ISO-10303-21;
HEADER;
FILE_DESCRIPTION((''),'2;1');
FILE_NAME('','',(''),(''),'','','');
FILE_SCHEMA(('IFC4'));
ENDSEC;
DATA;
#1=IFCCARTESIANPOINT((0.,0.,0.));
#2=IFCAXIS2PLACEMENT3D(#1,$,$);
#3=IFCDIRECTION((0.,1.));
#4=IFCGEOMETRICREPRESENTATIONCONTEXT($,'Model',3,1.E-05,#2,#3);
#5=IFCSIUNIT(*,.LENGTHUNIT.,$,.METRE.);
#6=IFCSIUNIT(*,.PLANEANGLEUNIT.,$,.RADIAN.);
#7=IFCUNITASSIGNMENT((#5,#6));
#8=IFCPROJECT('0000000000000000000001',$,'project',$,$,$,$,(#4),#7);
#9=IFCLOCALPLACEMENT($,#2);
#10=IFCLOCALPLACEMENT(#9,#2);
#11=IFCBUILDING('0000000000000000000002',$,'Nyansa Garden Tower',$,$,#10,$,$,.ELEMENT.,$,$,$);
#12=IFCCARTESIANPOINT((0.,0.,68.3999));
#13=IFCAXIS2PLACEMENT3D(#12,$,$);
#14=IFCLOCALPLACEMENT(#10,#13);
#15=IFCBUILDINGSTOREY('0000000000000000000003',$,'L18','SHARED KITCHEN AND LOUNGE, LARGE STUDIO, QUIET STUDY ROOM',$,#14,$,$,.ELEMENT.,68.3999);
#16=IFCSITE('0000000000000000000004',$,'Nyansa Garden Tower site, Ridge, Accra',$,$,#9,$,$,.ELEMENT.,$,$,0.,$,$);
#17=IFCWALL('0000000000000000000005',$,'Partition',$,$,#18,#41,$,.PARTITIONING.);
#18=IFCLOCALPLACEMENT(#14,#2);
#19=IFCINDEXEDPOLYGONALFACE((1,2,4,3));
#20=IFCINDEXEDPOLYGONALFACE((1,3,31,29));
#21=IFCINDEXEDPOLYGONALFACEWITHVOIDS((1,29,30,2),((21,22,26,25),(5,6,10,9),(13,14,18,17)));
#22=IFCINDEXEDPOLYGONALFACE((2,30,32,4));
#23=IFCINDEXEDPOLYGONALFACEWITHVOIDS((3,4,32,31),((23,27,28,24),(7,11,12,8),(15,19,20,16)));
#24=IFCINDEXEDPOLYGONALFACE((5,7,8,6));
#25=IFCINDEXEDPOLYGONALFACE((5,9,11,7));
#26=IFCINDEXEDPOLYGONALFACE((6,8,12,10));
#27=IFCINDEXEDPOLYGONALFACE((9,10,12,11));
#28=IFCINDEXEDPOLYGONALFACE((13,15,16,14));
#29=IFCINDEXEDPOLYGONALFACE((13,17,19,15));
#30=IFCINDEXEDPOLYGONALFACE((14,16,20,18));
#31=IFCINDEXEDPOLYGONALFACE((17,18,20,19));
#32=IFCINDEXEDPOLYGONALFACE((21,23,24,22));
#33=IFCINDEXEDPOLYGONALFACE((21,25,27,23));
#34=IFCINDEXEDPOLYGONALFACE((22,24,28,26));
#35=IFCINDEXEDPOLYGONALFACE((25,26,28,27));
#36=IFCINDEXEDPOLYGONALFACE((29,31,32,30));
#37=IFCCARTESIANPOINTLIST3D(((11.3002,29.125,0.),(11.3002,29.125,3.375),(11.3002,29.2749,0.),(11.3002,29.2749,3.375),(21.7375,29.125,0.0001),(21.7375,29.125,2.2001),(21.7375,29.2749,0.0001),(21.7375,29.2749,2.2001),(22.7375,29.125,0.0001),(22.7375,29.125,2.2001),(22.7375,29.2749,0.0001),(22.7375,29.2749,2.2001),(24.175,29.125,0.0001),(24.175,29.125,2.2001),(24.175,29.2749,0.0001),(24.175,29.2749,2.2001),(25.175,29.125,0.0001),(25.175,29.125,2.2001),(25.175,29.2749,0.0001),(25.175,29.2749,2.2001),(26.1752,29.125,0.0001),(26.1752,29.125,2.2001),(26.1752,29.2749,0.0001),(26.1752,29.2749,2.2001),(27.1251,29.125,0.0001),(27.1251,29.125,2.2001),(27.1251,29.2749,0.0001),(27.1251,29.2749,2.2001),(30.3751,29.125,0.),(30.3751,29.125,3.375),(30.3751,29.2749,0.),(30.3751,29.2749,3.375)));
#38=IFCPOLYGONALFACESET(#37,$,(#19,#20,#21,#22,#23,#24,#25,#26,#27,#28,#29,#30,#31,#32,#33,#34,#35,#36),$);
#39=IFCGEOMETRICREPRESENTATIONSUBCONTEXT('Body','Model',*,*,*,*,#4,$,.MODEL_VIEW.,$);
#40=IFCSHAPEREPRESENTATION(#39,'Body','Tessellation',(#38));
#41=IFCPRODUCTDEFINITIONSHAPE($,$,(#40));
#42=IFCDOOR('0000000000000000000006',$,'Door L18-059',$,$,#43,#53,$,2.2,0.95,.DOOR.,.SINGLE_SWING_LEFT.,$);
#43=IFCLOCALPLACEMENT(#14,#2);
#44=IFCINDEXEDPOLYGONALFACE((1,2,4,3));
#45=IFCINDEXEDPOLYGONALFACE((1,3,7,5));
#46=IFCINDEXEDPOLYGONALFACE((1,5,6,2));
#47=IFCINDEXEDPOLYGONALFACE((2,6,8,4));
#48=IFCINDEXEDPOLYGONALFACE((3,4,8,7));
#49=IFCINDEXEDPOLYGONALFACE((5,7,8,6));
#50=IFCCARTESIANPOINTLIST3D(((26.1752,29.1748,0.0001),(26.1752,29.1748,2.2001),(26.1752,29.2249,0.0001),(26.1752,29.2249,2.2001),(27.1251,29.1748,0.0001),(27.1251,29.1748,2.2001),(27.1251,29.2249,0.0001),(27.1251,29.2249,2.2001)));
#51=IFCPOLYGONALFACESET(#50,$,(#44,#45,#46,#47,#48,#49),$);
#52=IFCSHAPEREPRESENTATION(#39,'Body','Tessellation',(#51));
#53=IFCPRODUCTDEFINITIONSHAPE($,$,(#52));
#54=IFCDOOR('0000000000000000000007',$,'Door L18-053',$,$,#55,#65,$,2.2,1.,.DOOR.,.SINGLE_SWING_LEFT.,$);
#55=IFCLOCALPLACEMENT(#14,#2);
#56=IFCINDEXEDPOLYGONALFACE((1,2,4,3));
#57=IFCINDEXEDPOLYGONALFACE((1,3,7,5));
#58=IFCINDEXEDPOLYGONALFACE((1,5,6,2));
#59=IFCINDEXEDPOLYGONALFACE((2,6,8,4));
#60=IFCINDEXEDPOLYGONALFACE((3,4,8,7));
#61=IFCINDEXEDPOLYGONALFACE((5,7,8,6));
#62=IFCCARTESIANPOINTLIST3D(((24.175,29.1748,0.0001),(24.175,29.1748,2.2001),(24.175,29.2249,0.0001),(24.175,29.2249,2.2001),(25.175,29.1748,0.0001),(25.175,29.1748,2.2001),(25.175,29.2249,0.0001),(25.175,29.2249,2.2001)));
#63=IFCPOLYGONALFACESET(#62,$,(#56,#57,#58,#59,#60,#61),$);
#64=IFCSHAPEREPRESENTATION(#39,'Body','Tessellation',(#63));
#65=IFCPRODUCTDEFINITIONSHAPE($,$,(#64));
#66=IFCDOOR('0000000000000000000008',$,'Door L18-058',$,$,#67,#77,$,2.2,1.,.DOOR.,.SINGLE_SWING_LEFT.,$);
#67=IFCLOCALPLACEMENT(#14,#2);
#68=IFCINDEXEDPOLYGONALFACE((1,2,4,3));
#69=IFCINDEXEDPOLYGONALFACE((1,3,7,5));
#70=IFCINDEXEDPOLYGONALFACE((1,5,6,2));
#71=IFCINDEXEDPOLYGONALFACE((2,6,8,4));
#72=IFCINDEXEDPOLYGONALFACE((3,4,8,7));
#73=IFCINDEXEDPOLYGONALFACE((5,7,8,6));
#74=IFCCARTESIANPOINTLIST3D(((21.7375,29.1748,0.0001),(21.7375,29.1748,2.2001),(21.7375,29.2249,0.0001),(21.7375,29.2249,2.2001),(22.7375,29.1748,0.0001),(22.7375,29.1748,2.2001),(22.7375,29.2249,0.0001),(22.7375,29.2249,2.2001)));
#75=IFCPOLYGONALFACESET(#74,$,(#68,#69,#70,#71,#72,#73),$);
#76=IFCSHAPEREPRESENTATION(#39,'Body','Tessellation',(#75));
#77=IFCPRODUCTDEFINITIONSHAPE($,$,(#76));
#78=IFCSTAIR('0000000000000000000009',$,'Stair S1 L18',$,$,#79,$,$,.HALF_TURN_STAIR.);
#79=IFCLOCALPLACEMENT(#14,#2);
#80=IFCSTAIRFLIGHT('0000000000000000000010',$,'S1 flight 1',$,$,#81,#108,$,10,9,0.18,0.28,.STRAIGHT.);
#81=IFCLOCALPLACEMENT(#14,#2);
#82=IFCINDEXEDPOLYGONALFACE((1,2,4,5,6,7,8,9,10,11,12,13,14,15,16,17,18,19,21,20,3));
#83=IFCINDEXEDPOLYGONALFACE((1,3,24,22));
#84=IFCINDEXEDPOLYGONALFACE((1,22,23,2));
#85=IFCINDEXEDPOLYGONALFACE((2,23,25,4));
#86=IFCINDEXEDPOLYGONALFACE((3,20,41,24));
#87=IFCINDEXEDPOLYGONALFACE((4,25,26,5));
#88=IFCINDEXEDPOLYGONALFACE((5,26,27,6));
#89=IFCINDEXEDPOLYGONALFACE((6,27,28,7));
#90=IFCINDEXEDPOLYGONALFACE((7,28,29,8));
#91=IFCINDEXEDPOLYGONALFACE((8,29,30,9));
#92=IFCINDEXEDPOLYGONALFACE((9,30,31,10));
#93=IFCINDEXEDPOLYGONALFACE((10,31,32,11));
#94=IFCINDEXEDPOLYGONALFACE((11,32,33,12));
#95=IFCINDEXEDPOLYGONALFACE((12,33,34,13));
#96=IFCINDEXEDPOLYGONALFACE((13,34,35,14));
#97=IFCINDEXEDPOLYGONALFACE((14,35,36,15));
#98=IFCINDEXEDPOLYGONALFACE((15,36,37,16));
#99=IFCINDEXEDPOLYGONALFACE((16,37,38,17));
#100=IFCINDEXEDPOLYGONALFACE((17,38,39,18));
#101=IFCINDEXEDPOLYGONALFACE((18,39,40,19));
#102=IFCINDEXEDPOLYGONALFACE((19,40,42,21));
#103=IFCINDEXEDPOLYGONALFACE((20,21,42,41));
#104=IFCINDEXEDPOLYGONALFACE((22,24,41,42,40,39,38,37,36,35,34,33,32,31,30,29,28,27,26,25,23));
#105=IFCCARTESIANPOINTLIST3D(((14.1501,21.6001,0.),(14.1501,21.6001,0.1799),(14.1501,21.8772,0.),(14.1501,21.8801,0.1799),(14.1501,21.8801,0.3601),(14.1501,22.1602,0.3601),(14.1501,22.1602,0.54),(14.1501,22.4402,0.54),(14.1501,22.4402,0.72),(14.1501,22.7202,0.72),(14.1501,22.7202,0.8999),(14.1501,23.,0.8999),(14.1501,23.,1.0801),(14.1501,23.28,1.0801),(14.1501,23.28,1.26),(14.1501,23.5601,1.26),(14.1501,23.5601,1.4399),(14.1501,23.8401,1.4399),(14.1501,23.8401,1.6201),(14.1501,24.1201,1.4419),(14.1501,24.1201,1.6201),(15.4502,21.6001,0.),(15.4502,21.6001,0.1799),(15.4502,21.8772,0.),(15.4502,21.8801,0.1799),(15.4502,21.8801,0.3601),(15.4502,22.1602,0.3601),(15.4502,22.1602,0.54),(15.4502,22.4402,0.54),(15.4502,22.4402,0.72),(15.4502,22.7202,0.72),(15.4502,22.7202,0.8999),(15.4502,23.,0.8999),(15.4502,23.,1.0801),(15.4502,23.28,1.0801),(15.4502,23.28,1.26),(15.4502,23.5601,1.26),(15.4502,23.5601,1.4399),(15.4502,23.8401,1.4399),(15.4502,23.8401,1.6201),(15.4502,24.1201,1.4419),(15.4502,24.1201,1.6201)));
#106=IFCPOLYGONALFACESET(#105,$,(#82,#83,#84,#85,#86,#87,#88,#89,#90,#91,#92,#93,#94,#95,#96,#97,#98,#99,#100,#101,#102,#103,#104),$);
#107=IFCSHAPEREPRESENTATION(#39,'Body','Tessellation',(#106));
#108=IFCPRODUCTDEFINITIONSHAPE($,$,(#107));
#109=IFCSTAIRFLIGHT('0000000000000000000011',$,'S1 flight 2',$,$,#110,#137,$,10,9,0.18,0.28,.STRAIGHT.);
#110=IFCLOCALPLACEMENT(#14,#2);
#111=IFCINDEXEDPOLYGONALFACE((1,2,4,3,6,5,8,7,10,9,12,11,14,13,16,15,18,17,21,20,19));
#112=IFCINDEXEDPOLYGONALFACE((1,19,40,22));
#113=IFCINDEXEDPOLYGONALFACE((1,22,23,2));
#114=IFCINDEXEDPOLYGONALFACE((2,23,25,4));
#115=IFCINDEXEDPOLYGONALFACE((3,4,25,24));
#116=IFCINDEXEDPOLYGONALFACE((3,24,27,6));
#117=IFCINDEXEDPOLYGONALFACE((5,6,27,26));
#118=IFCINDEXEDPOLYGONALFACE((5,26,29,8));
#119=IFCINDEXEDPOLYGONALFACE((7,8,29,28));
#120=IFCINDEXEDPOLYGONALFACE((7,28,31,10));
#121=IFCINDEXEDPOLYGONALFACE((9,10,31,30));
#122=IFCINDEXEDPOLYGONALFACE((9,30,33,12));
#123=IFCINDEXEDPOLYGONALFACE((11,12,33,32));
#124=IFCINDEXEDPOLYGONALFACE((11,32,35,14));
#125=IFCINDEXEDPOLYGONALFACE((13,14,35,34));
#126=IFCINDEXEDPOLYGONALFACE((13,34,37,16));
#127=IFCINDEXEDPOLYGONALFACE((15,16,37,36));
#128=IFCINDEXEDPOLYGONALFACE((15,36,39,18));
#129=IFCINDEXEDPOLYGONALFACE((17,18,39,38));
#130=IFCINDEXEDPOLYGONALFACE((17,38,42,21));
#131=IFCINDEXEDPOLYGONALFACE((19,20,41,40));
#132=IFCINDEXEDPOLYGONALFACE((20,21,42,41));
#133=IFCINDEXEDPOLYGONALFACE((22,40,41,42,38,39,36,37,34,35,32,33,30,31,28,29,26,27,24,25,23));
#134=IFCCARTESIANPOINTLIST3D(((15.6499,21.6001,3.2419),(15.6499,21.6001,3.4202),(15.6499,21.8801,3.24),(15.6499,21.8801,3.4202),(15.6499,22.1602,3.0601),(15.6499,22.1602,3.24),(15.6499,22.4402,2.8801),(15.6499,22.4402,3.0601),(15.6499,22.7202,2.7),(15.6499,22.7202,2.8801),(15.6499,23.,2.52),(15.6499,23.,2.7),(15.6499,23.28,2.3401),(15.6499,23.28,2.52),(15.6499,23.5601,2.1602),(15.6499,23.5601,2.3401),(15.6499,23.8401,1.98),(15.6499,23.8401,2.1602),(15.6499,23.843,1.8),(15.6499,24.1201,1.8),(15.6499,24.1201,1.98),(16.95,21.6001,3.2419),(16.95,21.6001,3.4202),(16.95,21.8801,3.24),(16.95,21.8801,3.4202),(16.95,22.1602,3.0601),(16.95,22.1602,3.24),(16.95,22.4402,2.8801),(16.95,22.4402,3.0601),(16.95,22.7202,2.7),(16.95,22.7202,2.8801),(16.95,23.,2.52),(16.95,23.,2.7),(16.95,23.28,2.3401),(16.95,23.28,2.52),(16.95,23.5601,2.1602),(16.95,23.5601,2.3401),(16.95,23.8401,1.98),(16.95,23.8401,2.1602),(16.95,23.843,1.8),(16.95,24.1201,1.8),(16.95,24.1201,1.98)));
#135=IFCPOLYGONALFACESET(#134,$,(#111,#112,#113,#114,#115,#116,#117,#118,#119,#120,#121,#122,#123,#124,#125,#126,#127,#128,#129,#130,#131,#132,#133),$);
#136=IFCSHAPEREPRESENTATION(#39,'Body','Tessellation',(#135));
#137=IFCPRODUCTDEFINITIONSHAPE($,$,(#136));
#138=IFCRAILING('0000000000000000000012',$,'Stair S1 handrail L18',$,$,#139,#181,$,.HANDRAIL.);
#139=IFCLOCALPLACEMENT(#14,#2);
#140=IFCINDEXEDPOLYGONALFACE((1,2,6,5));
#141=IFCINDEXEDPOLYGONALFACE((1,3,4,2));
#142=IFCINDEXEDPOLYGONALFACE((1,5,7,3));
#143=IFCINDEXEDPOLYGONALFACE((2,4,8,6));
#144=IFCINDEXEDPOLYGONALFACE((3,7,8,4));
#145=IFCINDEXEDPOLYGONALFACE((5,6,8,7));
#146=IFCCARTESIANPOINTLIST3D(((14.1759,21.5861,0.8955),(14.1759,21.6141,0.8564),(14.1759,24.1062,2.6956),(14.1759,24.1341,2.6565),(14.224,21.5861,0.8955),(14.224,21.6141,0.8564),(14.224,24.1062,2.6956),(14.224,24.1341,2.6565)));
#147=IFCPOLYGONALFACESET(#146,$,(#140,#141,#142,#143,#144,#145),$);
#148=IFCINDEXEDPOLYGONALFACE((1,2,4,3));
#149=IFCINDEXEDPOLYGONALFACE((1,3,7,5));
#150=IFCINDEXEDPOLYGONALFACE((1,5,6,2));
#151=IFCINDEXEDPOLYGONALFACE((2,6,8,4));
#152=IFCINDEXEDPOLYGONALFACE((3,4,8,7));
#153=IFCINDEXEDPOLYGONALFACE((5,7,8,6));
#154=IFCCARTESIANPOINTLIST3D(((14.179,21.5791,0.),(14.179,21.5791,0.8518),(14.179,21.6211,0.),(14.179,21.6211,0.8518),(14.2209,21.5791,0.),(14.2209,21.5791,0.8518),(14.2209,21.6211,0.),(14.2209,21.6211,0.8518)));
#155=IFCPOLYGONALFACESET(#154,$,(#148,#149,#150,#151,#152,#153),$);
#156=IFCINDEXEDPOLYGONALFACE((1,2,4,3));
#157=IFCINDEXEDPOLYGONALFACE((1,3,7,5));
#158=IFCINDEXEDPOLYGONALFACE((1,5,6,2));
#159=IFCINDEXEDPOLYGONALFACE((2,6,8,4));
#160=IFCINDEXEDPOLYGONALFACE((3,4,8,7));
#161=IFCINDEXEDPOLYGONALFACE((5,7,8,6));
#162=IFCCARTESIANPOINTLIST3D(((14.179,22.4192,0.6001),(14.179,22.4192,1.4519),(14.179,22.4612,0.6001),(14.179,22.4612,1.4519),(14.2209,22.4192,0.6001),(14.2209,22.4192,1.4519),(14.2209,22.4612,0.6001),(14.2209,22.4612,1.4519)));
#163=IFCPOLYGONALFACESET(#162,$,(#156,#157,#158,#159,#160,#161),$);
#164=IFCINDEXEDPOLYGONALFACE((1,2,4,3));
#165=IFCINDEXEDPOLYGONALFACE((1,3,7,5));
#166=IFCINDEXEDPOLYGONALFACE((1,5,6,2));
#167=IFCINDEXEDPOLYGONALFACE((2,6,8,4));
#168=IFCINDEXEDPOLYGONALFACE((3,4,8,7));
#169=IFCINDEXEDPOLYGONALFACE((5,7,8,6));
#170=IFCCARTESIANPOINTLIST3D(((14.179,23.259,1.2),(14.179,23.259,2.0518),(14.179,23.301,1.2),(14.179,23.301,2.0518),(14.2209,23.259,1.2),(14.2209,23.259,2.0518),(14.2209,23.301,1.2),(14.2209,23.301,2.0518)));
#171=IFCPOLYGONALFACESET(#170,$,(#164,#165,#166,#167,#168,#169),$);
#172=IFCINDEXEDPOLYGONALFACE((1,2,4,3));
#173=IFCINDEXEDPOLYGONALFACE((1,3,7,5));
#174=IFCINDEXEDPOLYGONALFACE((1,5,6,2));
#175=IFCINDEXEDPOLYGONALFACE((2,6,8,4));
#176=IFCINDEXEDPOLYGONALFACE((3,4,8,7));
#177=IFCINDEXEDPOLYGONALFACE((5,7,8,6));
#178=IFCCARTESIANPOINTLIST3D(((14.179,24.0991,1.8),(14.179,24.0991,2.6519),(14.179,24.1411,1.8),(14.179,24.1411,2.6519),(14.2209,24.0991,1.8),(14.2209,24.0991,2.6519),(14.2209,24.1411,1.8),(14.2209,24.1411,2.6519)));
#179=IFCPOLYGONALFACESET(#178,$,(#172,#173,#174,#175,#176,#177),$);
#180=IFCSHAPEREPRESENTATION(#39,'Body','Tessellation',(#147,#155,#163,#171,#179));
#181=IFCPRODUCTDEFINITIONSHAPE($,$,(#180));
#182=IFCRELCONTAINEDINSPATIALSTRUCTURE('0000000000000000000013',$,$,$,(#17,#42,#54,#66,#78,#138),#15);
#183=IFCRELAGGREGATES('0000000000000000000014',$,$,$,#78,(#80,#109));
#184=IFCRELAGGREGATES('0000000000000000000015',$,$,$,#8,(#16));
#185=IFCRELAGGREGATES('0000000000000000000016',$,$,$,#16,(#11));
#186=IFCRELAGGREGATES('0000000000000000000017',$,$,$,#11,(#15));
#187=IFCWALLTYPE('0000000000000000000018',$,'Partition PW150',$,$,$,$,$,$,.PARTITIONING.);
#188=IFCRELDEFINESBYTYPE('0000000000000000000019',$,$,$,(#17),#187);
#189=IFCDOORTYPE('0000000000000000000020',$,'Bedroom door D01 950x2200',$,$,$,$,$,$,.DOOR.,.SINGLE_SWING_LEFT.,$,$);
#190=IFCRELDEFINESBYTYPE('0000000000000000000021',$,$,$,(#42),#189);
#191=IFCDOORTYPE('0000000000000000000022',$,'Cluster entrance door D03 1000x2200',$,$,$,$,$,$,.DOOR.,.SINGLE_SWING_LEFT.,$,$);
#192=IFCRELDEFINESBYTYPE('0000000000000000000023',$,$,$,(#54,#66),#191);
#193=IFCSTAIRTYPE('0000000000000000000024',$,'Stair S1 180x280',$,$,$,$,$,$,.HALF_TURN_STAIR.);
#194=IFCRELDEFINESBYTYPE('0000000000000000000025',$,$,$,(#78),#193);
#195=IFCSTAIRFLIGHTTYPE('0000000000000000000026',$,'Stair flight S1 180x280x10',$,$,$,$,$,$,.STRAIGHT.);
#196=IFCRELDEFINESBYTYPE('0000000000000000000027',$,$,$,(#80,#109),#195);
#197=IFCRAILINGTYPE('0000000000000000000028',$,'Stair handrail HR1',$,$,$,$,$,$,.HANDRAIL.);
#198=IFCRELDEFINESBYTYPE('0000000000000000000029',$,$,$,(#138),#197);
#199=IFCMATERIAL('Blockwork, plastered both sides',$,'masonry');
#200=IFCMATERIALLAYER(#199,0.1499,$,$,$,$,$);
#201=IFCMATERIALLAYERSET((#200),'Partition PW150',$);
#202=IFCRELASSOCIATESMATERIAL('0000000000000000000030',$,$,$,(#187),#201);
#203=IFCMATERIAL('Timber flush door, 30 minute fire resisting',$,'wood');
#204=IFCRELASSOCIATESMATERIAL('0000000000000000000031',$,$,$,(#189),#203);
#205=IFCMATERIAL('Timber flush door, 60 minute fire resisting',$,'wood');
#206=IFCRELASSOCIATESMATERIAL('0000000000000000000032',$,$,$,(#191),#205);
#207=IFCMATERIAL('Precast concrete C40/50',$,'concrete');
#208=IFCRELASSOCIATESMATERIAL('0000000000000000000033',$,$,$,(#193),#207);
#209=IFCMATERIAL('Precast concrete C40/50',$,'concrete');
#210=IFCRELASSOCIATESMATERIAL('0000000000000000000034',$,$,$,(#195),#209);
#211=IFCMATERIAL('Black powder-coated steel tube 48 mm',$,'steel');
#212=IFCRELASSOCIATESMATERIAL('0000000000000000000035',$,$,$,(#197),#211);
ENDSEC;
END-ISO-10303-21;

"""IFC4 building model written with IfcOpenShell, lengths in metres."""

from ifc_helpers import new_model, si_unit, direction, frame, frame_2d, origin, origin_2d, place, context, subcontext, project, spatial, polyline, rectangle, outline, extrude, material, layer, layer_set, type_object, element, fill, aggregate, save


model = new_model("IFC4")

# Units and contexts
model_context = context("Model", 3, precision=1e-05, world=origin(), true_north=direction((0.0, 1.0)))
body_context = subcontext(model_context, "Body", "Model", "MODEL_VIEW")
ifc_project = project(units=[si_unit("LENGTHUNIT", "METRE"), si_unit("PLANEANGLEUNIT", "RADIAN")], contexts=[model_context])

# Site, building, storey
site_placement = place(None, origin())
site = spatial("IfcSite", under=ifc_project, at=site_placement, Name="Nyansa Garden Tower site, Ridge, Accra", CompositionType="ELEMENT", RefElevation=0.0)
building_placement = place(site_placement, origin())
building = spatial("IfcBuilding", under=site, at=building_placement, Name="Nyansa Garden Tower", CompositionType="ELEMENT")
storey_placement = place(building_placement, frame((0.0, 0.0, 68.3999)))
storey = spatial("IfcBuildingStorey", under=building, at=storey_placement, Name="L18", Description="SHARED KITCHEN AND LOUNGE, LARGE STUDIO, QUIET STUDY ROOM", CompositionType="ELEMENT", Elevation=68.3999)

# Shared definitions
ifc_material_1 = material(Name="Blockwork, plastered both sides", Category="masonry")
ifc_layer_1 = layer(ifc_material_1, 0.1499)
ifc_layer_set_1 = layer_set([ifc_layer_1], Name="Partition PW150")
wall_type_1 = type_object("IfcWallType", Name="Partition PW150", PredefinedType="PARTITIONING", material=ifc_layer_set_1)

# Wall, openings, doors
wall_1_placement = place(storey_placement, frame((11.3, 29.2, 0.0), z_axis=(0.0, 0.0, 1.0), x_axis=(1.0, 0.0, 0.0)))
wall_1 = element("IfcWall", 1, at=wall_1_placement, inside=storey, type_object=wall_type_1, Name="Partition", PredefinedType="PARTITIONING", context=body_context, shape_type="SweptSolid", body=[
    extrude(rectangle(XDim=19.075, YDim=0.1499, at=frame_2d((9.5376, 0.0))), origin(), (0.0, 0.0, 1.0), 3.375),
])
opening_1_placement = place(wall_1_placement, frame((12.875, 0.0, 0.0)))
opening_1 = element("IfcOpeningElement", 2, at=opening_1_placement, cuts=wall_1, PredefinedType="OPENING", context=body_context, shape_type="SweptSolid", body=[
    extrude(rectangle(XDim=1.0, YDim=2.2, at=frame_2d((0.5, 1.1001))), frame((0.0, 0.085, 0.0), z_axis=(0.0, -1.0, 0.0), x_axis=(1.0, 0.0, 0.0)), (0.0, 0.0, 1.0), 0.1699),
])
opening_2_placement = place(wall_1_placement, frame((10.4375, 0.0, 0.0)))
opening_2 = element("IfcOpeningElement", 3, at=opening_2_placement, cuts=wall_1, PredefinedType="OPENING", context=body_context, shape_type="SweptSolid", body=[
    extrude(rectangle(XDim=1.0, YDim=2.2, at=frame_2d((0.5, 1.1001))), frame((0.0, 0.085, 0.0), z_axis=(0.0, -1.0, 0.0), x_axis=(1.0, 0.0, 0.0)), (0.0, 0.0, 1.0), 0.1699),
])
opening_3_placement = place(wall_1_placement, frame((14.875, 0.0, 0.0)))
opening_3 = element("IfcOpeningElement", 4, at=opening_3_placement, cuts=wall_1, PredefinedType="OPENING", context=body_context, shape_type="SweptSolid", body=[
    extrude(rectangle(XDim=0.95, YDim=2.2, at=frame_2d((0.4751, 1.1001))), frame((0.0, 0.085, 0.0), z_axis=(0.0, -1.0, 0.0), x_axis=(1.0, 0.0, 0.0)), (0.0, 0.0, 1.0), 0.1699),
])
ifc_material_2 = material(Name="Timber flush door, 30 minute fire resisting", Category="wood")
door_type_1 = type_object("IfcDoorType", Name="Bedroom door D01 950x2200", OperationType="SINGLE_SWING_LEFT", PredefinedType="DOOR", material=ifc_material_2)
door_1_placement = place(opening_3_placement, origin())
door_1 = element("IfcDoor", 5, at=door_1_placement, inside=storey, type_object=door_type_1, Name="Door L18-059", OperationType="SINGLE_SWING_LEFT", OverallHeight=2.2, OverallWidth=0.95, PredefinedType="DOOR", context=body_context, shape_type="SweptSolid", body=[
    extrude(rectangle(XDim=0.95, YDim=2.2, at=frame_2d((0.4751, 1.1001))), frame((0.0, 0.0249, 0.0), z_axis=(0.0, -1.0, 0.0), x_axis=(1.0, 0.0, 0.0)), (0.0, 0.0, 1.0), 0.05),
])
fill(opening_3, door_1)
ifc_material_3 = material(Name="Timber flush door, 60 minute fire resisting", Category="wood")
door_type_2 = type_object("IfcDoorType", Name="Cluster entrance door D03 1000x2200", OperationType="SINGLE_SWING_LEFT", PredefinedType="DOOR", material=ifc_material_3)
door_2_placement = place(opening_1_placement, origin())
door_2 = element("IfcDoor", 6, at=door_2_placement, inside=storey, type_object=door_type_2, Name="Door L18-053", OperationType="SINGLE_SWING_LEFT", OverallHeight=2.2, OverallWidth=1.0, PredefinedType="DOOR", context=body_context, shape_type="SweptSolid", body=[
    extrude(rectangle(XDim=1.0, YDim=2.2, at=frame_2d((0.5, 1.1001))), frame((0.0, 0.0249, 0.0), z_axis=(0.0, -1.0, 0.0), x_axis=(1.0, 0.0, 0.0)), (0.0, 0.0, 1.0), 0.05),
])
fill(opening_1, door_2)
door_3_placement = place(opening_2_placement, origin())
door_3 = element("IfcDoor", 7, at=door_3_placement, inside=storey, type_object=door_type_2, Name="Door L18-058", OperationType="SINGLE_SWING_LEFT", OverallHeight=2.2, OverallWidth=1.0, PredefinedType="DOOR", context=body_context, shape_type="SweptSolid", body=[
    extrude(rectangle(XDim=1.0, YDim=2.2, at=frame_2d((0.5, 1.1001))), frame((0.0, 0.0249, 0.0), z_axis=(0.0, -1.0, 0.0), x_axis=(1.0, 0.0, 0.0)), (0.0, 0.0, 1.0), 0.05),
])
fill(opening_2, door_3)

# Stair, stair flights
ifc_material_4 = material(Name="Precast concrete C40/50", Category="concrete")
stair_type = type_object("IfcStairType", Name="Stair S1 180x280", PredefinedType="HALF_TURN_STAIR", material=ifc_material_4)
stair_placement = place(storey_placement, origin())
stair = element("IfcStair", 8, at=stair_placement, inside=storey, type_object=stair_type, Name="Stair S1 L18", PredefinedType="HALF_TURN_STAIR")
ifc_material_5 = material(Name="Precast concrete C40/50", Category="concrete")
stair_flight_type = type_object("IfcStairFlightType", Name="Stair flight S1 180x280x10", PredefinedType="STRAIGHT", material=ifc_material_5)
stair_flight_1_placement = place(storey_placement, frame((14.8, 21.6001, 0.0), z_axis=(0.0, 0.0, 1.0), x_axis=(0.0, 1.0, 0.0)))
stair_flight_1 = element("IfcStairFlight", 9, at=stair_flight_1_placement, type_object=stair_flight_type, Name="S1 flight 1", NumberOfRisers=10, NumberOfTreads=9, PredefinedType="STRAIGHT", RiserHeight=0.18, TreadLength=0.28, context=body_context, shape_type="SweptSolid", body=[
    extrude(outline(polyline([(0.0, 0.0), (0.0, 0.1799), (0.28, 0.1799), (0.28, 0.3601), (0.5601, 0.3601), (0.5601, 0.54), (0.8401, 0.54), (0.8401, 0.72), (1.1201, 0.72), (1.1201, 0.8999), (1.3999, 0.8999), (1.3999, 1.0801), (1.6799, 1.0801), (1.6799, 1.26), (1.96, 1.26), (1.96, 1.4399), (2.24, 1.4399), (2.24, 1.6201), (2.52, 1.6201), (2.52, 1.8), (2.52, 1.4419), (0.2771, 0.0), (0.0, 0.0)])), frame((0.0, 0.6499, 0.0), z_axis=(0.0, -1.0, 0.0), x_axis=(1.0, 0.0, 0.0)), (0.0, 0.0, 1.0), 1.3),
])
stair_flight_2_placement = place(storey_placement, frame((16.3, 24.1201, 1.8), z_axis=(0.0, 0.0, 1.0), x_axis=(0.0, -1.0, 0.0)))
stair_flight_2 = element("IfcStairFlight", 10, at=stair_flight_2_placement, type_object=stair_flight_type, Name="S1 flight 2", NumberOfRisers=10, NumberOfTreads=9, PredefinedType="STRAIGHT", RiserHeight=0.18, TreadLength=0.28, context=body_context, shape_type="SweptSolid", body=[
    extrude(outline(polyline([(0.0, 0.0), (0.0, 0.1799), (0.28, 0.1799), (0.28, 0.3601), (0.5601, 0.3601), (0.5601, 0.54), (0.8401, 0.54), (0.8401, 0.72), (1.1201, 0.72), (1.1201, 0.8999), (1.3999, 0.8999), (1.3999, 1.0801), (1.6799, 1.0801), (1.6799, 1.26), (1.96, 1.26), (1.96, 1.4399), (2.24, 1.4399), (2.24, 1.6201), (2.52, 1.6201), (2.52, 1.8), (2.52, 1.4419), (0.2771, 0.0), (0.0, 0.0)])), frame((0.0, 0.6499, 0.0), z_axis=(0.0, -1.0, 0.0), x_axis=(1.0, 0.0, 0.0)), (0.0, 0.0, 1.0), 1.3),
])
aggregate(stair, [stair_flight_1, stair_flight_2])

# Railing
ifc_material_6 = material(Name="Black powder-coated steel tube 48 mm", Category="steel")
railing_type = type_object("IfcRailingType", Name="Stair handrail HR1", PredefinedType="HANDRAIL", material=ifc_material_6)
railing_1_placement = place(storey_placement, frame((14.2, 21.6001, 0.0)))
element("IfcRailing", 11, at=railing_1_placement, inside=storey, type_object=railing_type, Name="Stair S1 handrail L18", PredefinedType="HANDRAIL", context=body_context, shape_type="SweptSolid", body=[
    extrude(rectangle(XDim=0.0481, YDim=0.0481, at=origin_2d()), frame((0.0, 0.0, 0.876), z_axis=(0.0, 0.813728, 0.581246), x_axis=(-1.0, 0.0, 0.0)), (0.0, 0.0, 1.0), 3.0969),
    extrude(rectangle(XDim=0.042, YDim=0.042, at=origin_2d()), origin(), (0.0, 0.0, 1.0), 0.8518),
    extrude(rectangle(XDim=0.042, YDim=0.042, at=origin_2d()), frame((0.0, 0.8401, 0.6001)), (0.0, 0.0, 1.0), 0.8518),
    extrude(rectangle(XDim=0.042, YDim=0.042, at=origin_2d()), frame((0.0, 1.6799, 1.2)), (0.0, 0.0, 1.0), 0.8518),
    extrude(rectangle(XDim=0.042, YDim=0.042, at=origin_2d()), frame((0.0, 2.52, 1.8)), (0.0, 0.0, 1.0), 0.8518),
])

save(model, "model.ifc")
